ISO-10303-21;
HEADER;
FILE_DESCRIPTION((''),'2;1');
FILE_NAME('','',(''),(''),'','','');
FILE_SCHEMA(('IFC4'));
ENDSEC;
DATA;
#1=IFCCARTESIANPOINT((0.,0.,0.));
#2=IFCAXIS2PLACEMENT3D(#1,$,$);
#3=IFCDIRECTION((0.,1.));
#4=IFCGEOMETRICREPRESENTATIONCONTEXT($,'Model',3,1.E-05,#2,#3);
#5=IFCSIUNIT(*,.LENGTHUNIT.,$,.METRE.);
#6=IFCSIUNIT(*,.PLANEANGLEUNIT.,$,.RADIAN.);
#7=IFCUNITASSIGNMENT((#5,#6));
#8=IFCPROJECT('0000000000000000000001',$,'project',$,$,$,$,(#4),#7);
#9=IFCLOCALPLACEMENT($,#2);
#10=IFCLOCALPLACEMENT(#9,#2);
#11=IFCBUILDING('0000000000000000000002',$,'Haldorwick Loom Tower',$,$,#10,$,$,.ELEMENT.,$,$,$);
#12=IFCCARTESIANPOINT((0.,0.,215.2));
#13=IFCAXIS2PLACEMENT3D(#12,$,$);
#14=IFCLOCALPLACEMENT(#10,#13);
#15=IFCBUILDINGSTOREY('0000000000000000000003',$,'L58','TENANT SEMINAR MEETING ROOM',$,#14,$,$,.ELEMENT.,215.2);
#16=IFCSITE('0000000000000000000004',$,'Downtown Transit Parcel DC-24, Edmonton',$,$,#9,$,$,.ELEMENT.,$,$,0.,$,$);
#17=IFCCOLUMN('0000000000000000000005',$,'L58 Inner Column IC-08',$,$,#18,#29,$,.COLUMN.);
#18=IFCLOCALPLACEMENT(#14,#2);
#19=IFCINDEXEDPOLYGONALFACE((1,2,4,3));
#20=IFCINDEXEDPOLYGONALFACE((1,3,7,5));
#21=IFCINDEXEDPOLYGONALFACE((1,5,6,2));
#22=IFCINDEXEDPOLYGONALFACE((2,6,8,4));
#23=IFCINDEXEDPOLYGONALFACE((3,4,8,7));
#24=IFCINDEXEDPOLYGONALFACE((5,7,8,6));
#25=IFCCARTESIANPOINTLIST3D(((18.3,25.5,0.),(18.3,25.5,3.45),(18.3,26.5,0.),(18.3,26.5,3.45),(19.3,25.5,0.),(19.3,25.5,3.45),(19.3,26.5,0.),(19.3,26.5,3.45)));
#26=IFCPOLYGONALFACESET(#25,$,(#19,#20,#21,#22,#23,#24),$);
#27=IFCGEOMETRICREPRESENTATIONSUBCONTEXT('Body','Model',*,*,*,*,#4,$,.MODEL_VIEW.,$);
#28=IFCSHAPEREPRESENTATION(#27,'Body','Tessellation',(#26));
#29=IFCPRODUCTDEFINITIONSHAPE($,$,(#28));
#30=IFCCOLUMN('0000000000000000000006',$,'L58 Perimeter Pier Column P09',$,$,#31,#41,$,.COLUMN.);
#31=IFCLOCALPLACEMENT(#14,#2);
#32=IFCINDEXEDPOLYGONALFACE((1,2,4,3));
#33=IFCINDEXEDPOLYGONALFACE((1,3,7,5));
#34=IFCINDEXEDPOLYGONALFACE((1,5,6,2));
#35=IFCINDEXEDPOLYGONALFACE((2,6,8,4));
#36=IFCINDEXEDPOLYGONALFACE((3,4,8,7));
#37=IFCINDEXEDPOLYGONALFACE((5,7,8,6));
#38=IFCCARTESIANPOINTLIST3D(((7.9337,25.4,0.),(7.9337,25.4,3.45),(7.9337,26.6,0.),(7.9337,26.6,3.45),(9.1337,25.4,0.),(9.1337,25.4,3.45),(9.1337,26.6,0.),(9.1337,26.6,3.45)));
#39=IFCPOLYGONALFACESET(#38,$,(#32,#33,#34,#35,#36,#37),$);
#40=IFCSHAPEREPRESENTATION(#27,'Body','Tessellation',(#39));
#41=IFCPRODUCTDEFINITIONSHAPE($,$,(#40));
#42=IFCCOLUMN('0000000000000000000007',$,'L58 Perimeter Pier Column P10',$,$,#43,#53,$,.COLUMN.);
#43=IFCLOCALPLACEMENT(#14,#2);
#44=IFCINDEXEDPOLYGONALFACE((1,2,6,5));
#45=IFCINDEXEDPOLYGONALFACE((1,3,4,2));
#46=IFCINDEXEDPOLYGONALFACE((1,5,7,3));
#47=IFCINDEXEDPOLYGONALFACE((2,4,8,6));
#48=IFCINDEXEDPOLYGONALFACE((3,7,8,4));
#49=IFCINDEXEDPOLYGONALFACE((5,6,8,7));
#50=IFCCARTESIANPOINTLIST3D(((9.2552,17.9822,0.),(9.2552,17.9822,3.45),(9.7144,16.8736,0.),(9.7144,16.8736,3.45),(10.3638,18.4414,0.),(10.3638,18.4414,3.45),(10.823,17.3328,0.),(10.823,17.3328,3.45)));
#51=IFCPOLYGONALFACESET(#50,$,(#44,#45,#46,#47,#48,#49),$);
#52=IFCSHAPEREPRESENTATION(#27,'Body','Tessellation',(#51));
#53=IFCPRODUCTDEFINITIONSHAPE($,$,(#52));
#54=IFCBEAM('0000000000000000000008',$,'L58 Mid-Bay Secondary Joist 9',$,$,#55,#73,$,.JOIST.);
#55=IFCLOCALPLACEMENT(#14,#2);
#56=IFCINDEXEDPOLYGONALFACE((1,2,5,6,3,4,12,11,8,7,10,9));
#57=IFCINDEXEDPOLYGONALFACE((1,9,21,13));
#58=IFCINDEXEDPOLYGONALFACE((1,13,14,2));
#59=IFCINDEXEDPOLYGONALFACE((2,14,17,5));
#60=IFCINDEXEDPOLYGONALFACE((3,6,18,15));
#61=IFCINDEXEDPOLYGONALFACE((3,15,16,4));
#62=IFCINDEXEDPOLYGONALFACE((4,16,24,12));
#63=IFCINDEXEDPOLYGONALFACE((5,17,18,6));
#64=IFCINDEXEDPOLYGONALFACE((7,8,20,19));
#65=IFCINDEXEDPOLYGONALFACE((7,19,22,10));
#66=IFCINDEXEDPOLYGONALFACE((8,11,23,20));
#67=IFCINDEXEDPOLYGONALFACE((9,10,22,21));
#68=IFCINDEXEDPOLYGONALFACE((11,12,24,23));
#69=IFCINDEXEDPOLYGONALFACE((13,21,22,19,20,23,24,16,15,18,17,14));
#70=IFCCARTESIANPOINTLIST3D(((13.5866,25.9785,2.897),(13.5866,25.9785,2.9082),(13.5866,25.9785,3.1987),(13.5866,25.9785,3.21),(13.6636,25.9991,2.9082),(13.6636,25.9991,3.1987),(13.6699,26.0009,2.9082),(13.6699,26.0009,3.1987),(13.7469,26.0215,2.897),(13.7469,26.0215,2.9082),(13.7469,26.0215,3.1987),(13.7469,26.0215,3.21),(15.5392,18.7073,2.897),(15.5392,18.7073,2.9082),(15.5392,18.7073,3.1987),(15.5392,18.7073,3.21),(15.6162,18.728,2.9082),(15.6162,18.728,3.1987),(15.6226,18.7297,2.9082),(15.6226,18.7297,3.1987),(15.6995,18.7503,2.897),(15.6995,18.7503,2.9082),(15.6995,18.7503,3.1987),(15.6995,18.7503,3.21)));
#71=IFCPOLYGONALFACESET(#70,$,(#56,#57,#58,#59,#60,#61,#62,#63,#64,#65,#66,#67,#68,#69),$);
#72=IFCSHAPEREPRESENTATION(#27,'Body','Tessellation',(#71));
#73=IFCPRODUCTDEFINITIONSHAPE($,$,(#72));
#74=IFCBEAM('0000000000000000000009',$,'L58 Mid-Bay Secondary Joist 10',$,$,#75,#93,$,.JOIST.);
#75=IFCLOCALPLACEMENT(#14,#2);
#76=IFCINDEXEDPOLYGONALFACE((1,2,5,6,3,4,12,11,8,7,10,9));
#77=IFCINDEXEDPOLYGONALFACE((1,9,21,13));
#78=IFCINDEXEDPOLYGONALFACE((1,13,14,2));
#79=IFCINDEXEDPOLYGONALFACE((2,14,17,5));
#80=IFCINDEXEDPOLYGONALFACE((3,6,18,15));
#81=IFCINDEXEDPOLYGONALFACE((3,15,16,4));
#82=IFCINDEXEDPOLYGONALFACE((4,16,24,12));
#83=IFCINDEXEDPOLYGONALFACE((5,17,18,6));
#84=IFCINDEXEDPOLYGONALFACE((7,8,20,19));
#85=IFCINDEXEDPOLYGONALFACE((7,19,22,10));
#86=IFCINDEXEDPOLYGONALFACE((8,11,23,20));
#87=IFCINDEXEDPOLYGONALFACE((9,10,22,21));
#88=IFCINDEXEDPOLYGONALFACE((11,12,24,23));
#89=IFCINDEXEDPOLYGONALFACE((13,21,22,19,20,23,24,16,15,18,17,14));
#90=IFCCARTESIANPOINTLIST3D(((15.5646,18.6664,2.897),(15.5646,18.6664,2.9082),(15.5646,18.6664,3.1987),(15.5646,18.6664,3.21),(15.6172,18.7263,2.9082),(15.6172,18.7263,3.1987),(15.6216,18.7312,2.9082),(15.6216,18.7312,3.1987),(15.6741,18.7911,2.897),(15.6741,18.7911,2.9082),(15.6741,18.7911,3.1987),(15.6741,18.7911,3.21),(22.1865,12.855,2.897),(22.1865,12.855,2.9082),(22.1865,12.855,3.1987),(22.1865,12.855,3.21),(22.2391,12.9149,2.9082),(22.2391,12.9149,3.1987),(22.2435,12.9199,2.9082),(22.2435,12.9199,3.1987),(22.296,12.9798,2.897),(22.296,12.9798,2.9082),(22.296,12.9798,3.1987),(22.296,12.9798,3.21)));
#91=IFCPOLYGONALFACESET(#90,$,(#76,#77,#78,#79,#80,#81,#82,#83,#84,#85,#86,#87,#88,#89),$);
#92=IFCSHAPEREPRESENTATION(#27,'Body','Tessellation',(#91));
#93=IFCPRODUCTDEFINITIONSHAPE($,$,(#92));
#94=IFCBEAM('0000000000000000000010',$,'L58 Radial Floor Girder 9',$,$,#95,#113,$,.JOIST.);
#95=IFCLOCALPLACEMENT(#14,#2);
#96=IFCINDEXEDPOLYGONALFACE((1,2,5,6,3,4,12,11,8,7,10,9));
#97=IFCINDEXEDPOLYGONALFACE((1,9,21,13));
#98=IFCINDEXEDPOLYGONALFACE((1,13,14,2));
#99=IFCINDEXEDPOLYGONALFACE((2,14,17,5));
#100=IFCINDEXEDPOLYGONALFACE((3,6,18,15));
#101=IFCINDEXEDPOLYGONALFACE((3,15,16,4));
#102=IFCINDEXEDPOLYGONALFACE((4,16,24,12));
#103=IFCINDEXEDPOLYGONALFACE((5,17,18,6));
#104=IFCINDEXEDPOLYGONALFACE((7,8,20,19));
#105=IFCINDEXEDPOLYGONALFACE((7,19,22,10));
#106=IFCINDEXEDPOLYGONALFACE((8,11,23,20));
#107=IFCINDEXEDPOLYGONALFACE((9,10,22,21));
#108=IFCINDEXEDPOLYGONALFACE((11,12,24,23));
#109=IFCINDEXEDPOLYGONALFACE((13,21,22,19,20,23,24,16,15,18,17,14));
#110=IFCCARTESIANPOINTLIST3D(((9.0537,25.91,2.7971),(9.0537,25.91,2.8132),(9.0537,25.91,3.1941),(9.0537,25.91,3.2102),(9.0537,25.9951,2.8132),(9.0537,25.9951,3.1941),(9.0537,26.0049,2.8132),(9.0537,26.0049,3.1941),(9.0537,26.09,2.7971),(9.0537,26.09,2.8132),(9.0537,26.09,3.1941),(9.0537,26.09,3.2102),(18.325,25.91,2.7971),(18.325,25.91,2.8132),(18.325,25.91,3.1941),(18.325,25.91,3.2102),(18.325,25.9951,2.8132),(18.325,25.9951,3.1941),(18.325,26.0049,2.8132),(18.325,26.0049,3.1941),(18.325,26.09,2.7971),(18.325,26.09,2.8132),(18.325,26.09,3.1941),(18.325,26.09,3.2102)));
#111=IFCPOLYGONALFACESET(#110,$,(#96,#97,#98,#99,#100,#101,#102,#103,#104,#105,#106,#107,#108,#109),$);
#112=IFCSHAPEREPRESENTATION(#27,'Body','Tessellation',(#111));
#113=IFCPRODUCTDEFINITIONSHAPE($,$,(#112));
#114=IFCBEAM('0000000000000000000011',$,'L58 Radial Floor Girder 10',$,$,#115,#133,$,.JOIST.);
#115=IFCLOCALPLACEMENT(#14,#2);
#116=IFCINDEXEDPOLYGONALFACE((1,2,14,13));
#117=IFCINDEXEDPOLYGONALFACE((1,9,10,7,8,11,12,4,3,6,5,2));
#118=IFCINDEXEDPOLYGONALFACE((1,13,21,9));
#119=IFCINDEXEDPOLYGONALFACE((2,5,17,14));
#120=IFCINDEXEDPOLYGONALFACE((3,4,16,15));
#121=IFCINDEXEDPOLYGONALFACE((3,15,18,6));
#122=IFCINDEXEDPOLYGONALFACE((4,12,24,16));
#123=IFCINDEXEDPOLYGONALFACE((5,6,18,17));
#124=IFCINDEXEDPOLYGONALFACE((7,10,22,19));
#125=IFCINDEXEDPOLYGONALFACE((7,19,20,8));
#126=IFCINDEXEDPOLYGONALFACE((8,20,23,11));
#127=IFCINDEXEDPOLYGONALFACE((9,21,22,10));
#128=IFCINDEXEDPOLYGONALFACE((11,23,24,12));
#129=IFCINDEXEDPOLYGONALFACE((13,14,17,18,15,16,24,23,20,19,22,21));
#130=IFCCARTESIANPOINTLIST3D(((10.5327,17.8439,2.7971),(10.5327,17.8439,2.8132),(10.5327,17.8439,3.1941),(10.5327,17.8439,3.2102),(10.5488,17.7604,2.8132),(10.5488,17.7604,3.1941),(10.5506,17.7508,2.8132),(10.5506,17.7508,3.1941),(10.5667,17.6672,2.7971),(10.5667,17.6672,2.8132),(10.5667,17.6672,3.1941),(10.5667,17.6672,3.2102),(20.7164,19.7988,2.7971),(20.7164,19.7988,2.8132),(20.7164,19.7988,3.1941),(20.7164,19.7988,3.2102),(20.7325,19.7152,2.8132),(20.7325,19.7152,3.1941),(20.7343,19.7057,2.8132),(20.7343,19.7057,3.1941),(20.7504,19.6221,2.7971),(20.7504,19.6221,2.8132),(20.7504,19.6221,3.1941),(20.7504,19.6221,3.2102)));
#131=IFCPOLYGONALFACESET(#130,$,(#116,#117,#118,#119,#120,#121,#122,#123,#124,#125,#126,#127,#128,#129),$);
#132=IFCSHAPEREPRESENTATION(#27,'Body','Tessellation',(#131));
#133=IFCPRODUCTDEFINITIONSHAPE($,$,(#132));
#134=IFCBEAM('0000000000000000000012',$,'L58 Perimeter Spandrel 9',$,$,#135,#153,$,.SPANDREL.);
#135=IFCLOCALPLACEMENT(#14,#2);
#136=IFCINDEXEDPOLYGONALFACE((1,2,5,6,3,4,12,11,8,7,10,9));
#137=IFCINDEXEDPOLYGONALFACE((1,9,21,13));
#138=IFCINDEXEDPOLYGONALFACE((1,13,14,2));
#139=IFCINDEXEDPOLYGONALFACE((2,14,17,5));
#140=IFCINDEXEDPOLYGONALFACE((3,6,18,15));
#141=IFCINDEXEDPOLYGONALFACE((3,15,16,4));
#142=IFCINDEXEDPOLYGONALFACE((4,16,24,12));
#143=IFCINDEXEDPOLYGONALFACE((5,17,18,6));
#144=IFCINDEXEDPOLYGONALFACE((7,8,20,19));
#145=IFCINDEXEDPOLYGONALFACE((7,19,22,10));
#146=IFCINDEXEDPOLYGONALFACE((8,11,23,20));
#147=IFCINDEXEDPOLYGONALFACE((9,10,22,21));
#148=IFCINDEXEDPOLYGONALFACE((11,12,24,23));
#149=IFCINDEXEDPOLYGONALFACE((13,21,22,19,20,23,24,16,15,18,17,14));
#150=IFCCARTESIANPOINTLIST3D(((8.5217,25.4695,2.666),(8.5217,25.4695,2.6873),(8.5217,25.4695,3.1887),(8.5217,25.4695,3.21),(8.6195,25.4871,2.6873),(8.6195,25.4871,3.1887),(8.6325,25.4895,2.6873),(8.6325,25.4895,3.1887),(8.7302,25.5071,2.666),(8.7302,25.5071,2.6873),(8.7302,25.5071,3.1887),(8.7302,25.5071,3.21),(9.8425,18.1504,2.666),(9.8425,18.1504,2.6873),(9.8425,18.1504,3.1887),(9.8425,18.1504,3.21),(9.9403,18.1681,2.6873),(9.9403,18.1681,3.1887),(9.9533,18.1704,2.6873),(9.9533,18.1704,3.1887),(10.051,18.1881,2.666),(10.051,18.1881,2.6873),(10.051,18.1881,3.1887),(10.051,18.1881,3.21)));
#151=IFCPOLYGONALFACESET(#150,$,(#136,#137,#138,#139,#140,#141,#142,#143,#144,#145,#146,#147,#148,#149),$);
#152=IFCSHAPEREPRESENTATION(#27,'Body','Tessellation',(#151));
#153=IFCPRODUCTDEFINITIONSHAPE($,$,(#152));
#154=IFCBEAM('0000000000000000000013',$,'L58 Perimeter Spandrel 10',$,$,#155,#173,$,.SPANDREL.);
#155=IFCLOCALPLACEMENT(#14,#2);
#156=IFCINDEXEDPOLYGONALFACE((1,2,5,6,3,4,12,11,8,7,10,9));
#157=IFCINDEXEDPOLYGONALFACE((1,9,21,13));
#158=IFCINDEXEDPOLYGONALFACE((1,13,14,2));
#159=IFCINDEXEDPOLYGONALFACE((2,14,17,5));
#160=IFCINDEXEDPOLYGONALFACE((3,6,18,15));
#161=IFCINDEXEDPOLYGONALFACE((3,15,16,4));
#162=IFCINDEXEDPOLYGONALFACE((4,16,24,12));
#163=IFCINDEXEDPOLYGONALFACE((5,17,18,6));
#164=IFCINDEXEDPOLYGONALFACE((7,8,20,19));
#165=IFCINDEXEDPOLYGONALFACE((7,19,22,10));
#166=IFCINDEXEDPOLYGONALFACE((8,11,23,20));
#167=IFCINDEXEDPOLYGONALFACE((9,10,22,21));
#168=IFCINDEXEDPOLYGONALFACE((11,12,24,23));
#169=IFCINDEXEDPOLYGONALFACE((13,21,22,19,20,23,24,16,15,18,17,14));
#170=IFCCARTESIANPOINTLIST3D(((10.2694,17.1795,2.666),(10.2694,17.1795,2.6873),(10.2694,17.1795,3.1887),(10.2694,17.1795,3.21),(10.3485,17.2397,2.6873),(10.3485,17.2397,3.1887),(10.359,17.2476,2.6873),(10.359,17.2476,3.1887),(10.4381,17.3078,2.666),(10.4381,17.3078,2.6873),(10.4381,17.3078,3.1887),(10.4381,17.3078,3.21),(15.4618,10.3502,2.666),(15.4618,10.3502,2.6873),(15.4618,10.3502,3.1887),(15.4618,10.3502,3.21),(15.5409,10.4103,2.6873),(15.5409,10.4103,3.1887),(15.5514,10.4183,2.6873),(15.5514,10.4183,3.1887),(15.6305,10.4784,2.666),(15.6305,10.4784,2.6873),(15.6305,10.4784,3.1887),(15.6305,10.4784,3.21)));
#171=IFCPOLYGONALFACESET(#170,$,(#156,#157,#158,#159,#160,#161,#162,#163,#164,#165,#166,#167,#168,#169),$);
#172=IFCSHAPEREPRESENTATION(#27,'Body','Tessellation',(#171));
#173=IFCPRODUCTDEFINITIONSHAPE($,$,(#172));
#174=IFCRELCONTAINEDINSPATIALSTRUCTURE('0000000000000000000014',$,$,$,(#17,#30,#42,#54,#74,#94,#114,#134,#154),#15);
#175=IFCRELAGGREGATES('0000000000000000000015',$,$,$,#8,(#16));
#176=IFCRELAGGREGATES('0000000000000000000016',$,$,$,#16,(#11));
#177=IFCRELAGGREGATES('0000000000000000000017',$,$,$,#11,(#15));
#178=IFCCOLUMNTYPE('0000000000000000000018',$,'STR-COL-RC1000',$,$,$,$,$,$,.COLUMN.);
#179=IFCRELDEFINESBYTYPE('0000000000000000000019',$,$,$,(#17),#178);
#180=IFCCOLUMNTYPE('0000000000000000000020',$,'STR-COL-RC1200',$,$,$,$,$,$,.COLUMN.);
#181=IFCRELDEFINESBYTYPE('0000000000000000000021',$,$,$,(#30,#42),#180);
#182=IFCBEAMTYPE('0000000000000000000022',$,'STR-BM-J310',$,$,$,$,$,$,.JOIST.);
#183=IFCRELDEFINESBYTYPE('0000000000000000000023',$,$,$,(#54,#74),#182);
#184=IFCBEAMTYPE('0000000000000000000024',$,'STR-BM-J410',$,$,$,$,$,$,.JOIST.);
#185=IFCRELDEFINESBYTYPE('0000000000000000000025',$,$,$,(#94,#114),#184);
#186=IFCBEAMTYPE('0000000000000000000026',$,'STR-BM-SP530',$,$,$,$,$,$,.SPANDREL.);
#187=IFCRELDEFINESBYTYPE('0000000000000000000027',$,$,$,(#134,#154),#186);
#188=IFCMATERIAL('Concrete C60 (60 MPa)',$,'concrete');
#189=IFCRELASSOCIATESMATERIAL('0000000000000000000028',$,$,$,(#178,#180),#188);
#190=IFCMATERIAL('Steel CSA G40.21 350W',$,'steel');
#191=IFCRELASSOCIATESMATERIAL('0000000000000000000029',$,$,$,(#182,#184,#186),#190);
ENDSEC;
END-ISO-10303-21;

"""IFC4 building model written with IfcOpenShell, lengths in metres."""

from ifc_helpers import new_model, si_unit, direction, frame, origin, origin_2d, place, context, subcontext, project, spatial, rectangle, i_section, extrude, material, material_profile, profile_set, type_object, element, save


model = new_model("IFC4")

# Units and contexts
model_context = context("Model", 3, precision=1e-05, world=origin(), true_north=direction((0.0, 1.0)))
body_context = subcontext(model_context, "Body", "Model", "MODEL_VIEW")
ifc_project = project(units=[si_unit("LENGTHUNIT", "METRE"), si_unit("PLANEANGLEUNIT", "RADIAN")], contexts=[model_context])

# Site, building, storey
site_placement = place(None, origin())
site = spatial("IfcSite", under=ifc_project, at=site_placement, Name="Downtown Transit Parcel DC-24, Edmonton", CompositionType="ELEMENT", RefElevation=0.0)
building_placement = place(site_placement, origin())
building = spatial("IfcBuilding", under=site, at=building_placement, Name="Haldorwick Loom Tower", CompositionType="ELEMENT")
storey_placement = place(building_placement, frame((0.0, 0.0, 215.2)))
storey = spatial("IfcBuildingStorey", under=building, at=storey_placement, Name="L58", Description="TENANT SEMINAR MEETING ROOM", CompositionType="ELEMENT", Elevation=215.2)

# Columns
ifc_material_1 = material(Name="Concrete C60 (60 MPa)", Category="concrete")
ifc_material_profile_1 = material_profile(ifc_material_1, rectangle(XDim=1.0, YDim=1.0, at=origin_2d()), Name="RC1000X1000", Category="concrete")
ifc_profile_set_1 = profile_set([ifc_material_profile_1], Name="Concrete C60 (60 MPa)")
column_type_1 = type_object("IfcColumnType", Name="STR-COL-RC1000", PredefinedType="COLUMN", material=ifc_profile_set_1)
column_placement = place(storey_placement, frame((18.8, 26.0, 0.0), z_axis=(0.0, 0.0, 1.0), x_axis=(1.0, 0.0, 0.0)))
element("IfcColumn", 1, at=column_placement, inside=storey, type_object=column_type_1, Name="L58 Inner Column IC-08", PredefinedType="COLUMN", context=body_context, shape_type="SweptSolid", body=[
    extrude(rectangle(XDim=1.0, YDim=1.0, at=origin_2d()), origin(), (0.0, 0.0, 1.0), 3.45),
])
ifc_material_profile_2 = material_profile(ifc_material_1, rectangle(XDim=1.2, YDim=1.2, at=origin_2d()), Name="RC1200X1200", Category="concrete")
ifc_profile_set_2 = profile_set([ifc_material_profile_2], Name="Concrete C60 (60 MPa)")
column_type_2 = type_object("IfcColumnType", Name="STR-COL-RC1200", PredefinedType="COLUMN", material=ifc_profile_set_2)
for number, where, z_axis, x_axis, name in (
    (2, (8.5337, 26.0, 0.0), (0.0, 0.0, 1.0), (-1.0, 0.0, 0.0), "L58 Perimeter Pier Column P09"),
    (3, (10.0391, 17.6575, 0.0), (0.0, 0.0, 1.0), (-0.92388, -0.382683, 0.0), "L58 Perimeter Pier Column P10"),
):
    element("IfcColumn", number, at=place(storey_placement, frame(where, z_axis=z_axis, x_axis=x_axis)), inside=storey, type_object=column_type_2, Name=name, PredefinedType="COLUMN", context=body_context, shape_type="SweptSolid", body=[
        extrude(rectangle(XDim=1.2, YDim=1.2, at=origin_2d()), origin(), (0.0, 0.0, 1.0), 3.45),
    ])

# Beams
ifc_material_2 = material(Name="Steel CSA G40.21 350W", Category="steel")
ifc_material_profile_3 = material_profile(ifc_material_2, i_section(OverallWidth=0.166, OverallDepth=0.313, WebThickness=0.0066, FlangeThickness=0.0112, at=origin_2d()), Name="W310X45", Category="steel")
ifc_profile_set_3 = profile_set([ifc_material_profile_3], Name="Steel CSA G40.21 350W")
beam_type_1 = type_object("IfcBeamType", Name="STR-BM-J310", PredefinedType="JOIST", material=ifc_profile_set_3)
beam_1_placement = place(storey_placement, frame((13.6667, 26.0, 3.0535), z_axis=(0.259354, -0.965782, 0.0), x_axis=(0.965782, 0.259354, 0.0)))
element("IfcBeam", 4, at=beam_1_placement, inside=storey, type_object=beam_type_1, Name="L58 Mid-Bay Secondary Joist 9", PredefinedType="JOIST", context=body_context, shape_type="SweptSolid", body=[
    extrude(i_section(OverallWidth=0.166, OverallDepth=0.313, WebThickness=0.0066, FlangeThickness=0.0112, at=origin_2d()), origin(), (0.0, 0.0, 1.0), 7.5288),
])
beam_2_placement = place(storey_placement, frame((15.6194, 18.7288, 3.0535), z_axis=(0.751609, -0.659608, 0.0), x_axis=(0.659608, 0.751609, 0.0)))
element("IfcBeam", 5, at=beam_2_placement, inside=storey, type_object=beam_type_1, Name="L58 Mid-Bay Secondary Joist 10", PredefinedType="JOIST", context=body_context, shape_type="SweptSolid", body=[
    extrude(i_section(OverallWidth=0.166, OverallDepth=0.313, WebThickness=0.0066, FlangeThickness=0.0112, at=origin_2d()), origin(), (0.0, 0.0, 1.0), 8.8103),
])
ifc_material_profile_4 = material_profile(ifc_material_2, i_section(OverallWidth=0.1799, OverallDepth=0.4131, WebThickness=0.0098, FlangeThickness=0.0161, at=origin_2d()), Name="W410X74", Category="steel")
ifc_profile_set_4 = profile_set([ifc_material_profile_4], Name="Steel CSA G40.21 350W")
beam_type_2 = type_object("IfcBeamType", Name="STR-BM-J410", PredefinedType="JOIST", material=ifc_profile_set_4)
beam_3_placement = place(storey_placement, frame((18.325, 26.0, 3.0037), z_axis=(-1.0, 0.0, 0.0), x_axis=(0.0, -1.0, 0.0)))
element("IfcBeam", 6, at=beam_3_placement, inside=storey, type_object=beam_type_2, Name="L58 Radial Floor Girder 9", PredefinedType="JOIST", context=body_context, shape_type="SweptSolid", body=[
    extrude(i_section(OverallWidth=0.1799, OverallDepth=0.4131, WebThickness=0.0098, FlangeThickness=0.0161, at=origin_2d()), origin(), (0.0, 0.0, 1.0), 9.2712),
])
beam_4_placement = place(storey_placement, frame((20.7334, 19.7104, 3.0037), z_axis=(-0.98207, -0.188517, 0.0), x_axis=(0.188517, -0.98207, 0.0)))
element("IfcBeam", 7, at=beam_4_placement, inside=storey, type_object=beam_type_2, Name="L58 Radial Floor Girder 10", PredefinedType="JOIST", context=body_context, shape_type="SweptSolid", body=[
    extrude(i_section(OverallWidth=0.1799, OverallDepth=0.4131, WebThickness=0.0098, FlangeThickness=0.0161, at=origin_2d()), origin(), (0.0, 0.0, 1.0), 10.3696),
])
ifc_material_profile_5 = material_profile(ifc_material_2, i_section(OverallWidth=0.2119, OverallDepth=0.5439, WebThickness=0.0132, FlangeThickness=0.0212, at=origin_2d()), Name="W530X123", Category="steel")
ifc_profile_set_5 = profile_set([ifc_material_profile_5], Name="Steel CSA G40.21 350W")
beam_type_3 = type_object("IfcBeamType", Name="STR-BM-SP530", PredefinedType="SPANDREL", material=ifc_profile_set_5)
beam_5_placement = place(storey_placement, frame((8.626, 25.4883, 2.938), z_axis=(0.177591, -0.984104, 0.0), x_axis=(0.984104, 0.177591, 0.0)))
element("IfcBeam", 8, at=beam_5_placement, inside=storey, type_object=beam_type_3, Name="L58 Perimeter Spandrel 9", PredefinedType="SPANDREL", context=body_context, shape_type="SweptSolid", body=[
    extrude(i_section(OverallWidth=0.2119, OverallDepth=0.5439, WebThickness=0.0132, FlangeThickness=0.0212, at=origin_2d()), origin(), (0.0, 0.0, 1.0), 7.4373),
])
beam_6_placement = place(storey_placement, frame((10.3538, 17.2437, 2.938), z_axis=(0.605237, -0.796045, 0.0), x_axis=(0.796045, 0.605237, 0.0)))
element("IfcBeam", 9, at=beam_6_placement, inside=storey, type_object=beam_type_3, Name="L58 Perimeter Spandrel 10", PredefinedType="SPANDREL", context=body_context, shape_type="SweptSolid", body=[
    extrude(i_section(OverallWidth=0.2119, OverallDepth=0.5439, WebThickness=0.0132, FlangeThickness=0.0212, at=origin_2d()), origin(), (0.0, 0.0, 1.0), 8.5791),
])

save(model, "model.ifc")
